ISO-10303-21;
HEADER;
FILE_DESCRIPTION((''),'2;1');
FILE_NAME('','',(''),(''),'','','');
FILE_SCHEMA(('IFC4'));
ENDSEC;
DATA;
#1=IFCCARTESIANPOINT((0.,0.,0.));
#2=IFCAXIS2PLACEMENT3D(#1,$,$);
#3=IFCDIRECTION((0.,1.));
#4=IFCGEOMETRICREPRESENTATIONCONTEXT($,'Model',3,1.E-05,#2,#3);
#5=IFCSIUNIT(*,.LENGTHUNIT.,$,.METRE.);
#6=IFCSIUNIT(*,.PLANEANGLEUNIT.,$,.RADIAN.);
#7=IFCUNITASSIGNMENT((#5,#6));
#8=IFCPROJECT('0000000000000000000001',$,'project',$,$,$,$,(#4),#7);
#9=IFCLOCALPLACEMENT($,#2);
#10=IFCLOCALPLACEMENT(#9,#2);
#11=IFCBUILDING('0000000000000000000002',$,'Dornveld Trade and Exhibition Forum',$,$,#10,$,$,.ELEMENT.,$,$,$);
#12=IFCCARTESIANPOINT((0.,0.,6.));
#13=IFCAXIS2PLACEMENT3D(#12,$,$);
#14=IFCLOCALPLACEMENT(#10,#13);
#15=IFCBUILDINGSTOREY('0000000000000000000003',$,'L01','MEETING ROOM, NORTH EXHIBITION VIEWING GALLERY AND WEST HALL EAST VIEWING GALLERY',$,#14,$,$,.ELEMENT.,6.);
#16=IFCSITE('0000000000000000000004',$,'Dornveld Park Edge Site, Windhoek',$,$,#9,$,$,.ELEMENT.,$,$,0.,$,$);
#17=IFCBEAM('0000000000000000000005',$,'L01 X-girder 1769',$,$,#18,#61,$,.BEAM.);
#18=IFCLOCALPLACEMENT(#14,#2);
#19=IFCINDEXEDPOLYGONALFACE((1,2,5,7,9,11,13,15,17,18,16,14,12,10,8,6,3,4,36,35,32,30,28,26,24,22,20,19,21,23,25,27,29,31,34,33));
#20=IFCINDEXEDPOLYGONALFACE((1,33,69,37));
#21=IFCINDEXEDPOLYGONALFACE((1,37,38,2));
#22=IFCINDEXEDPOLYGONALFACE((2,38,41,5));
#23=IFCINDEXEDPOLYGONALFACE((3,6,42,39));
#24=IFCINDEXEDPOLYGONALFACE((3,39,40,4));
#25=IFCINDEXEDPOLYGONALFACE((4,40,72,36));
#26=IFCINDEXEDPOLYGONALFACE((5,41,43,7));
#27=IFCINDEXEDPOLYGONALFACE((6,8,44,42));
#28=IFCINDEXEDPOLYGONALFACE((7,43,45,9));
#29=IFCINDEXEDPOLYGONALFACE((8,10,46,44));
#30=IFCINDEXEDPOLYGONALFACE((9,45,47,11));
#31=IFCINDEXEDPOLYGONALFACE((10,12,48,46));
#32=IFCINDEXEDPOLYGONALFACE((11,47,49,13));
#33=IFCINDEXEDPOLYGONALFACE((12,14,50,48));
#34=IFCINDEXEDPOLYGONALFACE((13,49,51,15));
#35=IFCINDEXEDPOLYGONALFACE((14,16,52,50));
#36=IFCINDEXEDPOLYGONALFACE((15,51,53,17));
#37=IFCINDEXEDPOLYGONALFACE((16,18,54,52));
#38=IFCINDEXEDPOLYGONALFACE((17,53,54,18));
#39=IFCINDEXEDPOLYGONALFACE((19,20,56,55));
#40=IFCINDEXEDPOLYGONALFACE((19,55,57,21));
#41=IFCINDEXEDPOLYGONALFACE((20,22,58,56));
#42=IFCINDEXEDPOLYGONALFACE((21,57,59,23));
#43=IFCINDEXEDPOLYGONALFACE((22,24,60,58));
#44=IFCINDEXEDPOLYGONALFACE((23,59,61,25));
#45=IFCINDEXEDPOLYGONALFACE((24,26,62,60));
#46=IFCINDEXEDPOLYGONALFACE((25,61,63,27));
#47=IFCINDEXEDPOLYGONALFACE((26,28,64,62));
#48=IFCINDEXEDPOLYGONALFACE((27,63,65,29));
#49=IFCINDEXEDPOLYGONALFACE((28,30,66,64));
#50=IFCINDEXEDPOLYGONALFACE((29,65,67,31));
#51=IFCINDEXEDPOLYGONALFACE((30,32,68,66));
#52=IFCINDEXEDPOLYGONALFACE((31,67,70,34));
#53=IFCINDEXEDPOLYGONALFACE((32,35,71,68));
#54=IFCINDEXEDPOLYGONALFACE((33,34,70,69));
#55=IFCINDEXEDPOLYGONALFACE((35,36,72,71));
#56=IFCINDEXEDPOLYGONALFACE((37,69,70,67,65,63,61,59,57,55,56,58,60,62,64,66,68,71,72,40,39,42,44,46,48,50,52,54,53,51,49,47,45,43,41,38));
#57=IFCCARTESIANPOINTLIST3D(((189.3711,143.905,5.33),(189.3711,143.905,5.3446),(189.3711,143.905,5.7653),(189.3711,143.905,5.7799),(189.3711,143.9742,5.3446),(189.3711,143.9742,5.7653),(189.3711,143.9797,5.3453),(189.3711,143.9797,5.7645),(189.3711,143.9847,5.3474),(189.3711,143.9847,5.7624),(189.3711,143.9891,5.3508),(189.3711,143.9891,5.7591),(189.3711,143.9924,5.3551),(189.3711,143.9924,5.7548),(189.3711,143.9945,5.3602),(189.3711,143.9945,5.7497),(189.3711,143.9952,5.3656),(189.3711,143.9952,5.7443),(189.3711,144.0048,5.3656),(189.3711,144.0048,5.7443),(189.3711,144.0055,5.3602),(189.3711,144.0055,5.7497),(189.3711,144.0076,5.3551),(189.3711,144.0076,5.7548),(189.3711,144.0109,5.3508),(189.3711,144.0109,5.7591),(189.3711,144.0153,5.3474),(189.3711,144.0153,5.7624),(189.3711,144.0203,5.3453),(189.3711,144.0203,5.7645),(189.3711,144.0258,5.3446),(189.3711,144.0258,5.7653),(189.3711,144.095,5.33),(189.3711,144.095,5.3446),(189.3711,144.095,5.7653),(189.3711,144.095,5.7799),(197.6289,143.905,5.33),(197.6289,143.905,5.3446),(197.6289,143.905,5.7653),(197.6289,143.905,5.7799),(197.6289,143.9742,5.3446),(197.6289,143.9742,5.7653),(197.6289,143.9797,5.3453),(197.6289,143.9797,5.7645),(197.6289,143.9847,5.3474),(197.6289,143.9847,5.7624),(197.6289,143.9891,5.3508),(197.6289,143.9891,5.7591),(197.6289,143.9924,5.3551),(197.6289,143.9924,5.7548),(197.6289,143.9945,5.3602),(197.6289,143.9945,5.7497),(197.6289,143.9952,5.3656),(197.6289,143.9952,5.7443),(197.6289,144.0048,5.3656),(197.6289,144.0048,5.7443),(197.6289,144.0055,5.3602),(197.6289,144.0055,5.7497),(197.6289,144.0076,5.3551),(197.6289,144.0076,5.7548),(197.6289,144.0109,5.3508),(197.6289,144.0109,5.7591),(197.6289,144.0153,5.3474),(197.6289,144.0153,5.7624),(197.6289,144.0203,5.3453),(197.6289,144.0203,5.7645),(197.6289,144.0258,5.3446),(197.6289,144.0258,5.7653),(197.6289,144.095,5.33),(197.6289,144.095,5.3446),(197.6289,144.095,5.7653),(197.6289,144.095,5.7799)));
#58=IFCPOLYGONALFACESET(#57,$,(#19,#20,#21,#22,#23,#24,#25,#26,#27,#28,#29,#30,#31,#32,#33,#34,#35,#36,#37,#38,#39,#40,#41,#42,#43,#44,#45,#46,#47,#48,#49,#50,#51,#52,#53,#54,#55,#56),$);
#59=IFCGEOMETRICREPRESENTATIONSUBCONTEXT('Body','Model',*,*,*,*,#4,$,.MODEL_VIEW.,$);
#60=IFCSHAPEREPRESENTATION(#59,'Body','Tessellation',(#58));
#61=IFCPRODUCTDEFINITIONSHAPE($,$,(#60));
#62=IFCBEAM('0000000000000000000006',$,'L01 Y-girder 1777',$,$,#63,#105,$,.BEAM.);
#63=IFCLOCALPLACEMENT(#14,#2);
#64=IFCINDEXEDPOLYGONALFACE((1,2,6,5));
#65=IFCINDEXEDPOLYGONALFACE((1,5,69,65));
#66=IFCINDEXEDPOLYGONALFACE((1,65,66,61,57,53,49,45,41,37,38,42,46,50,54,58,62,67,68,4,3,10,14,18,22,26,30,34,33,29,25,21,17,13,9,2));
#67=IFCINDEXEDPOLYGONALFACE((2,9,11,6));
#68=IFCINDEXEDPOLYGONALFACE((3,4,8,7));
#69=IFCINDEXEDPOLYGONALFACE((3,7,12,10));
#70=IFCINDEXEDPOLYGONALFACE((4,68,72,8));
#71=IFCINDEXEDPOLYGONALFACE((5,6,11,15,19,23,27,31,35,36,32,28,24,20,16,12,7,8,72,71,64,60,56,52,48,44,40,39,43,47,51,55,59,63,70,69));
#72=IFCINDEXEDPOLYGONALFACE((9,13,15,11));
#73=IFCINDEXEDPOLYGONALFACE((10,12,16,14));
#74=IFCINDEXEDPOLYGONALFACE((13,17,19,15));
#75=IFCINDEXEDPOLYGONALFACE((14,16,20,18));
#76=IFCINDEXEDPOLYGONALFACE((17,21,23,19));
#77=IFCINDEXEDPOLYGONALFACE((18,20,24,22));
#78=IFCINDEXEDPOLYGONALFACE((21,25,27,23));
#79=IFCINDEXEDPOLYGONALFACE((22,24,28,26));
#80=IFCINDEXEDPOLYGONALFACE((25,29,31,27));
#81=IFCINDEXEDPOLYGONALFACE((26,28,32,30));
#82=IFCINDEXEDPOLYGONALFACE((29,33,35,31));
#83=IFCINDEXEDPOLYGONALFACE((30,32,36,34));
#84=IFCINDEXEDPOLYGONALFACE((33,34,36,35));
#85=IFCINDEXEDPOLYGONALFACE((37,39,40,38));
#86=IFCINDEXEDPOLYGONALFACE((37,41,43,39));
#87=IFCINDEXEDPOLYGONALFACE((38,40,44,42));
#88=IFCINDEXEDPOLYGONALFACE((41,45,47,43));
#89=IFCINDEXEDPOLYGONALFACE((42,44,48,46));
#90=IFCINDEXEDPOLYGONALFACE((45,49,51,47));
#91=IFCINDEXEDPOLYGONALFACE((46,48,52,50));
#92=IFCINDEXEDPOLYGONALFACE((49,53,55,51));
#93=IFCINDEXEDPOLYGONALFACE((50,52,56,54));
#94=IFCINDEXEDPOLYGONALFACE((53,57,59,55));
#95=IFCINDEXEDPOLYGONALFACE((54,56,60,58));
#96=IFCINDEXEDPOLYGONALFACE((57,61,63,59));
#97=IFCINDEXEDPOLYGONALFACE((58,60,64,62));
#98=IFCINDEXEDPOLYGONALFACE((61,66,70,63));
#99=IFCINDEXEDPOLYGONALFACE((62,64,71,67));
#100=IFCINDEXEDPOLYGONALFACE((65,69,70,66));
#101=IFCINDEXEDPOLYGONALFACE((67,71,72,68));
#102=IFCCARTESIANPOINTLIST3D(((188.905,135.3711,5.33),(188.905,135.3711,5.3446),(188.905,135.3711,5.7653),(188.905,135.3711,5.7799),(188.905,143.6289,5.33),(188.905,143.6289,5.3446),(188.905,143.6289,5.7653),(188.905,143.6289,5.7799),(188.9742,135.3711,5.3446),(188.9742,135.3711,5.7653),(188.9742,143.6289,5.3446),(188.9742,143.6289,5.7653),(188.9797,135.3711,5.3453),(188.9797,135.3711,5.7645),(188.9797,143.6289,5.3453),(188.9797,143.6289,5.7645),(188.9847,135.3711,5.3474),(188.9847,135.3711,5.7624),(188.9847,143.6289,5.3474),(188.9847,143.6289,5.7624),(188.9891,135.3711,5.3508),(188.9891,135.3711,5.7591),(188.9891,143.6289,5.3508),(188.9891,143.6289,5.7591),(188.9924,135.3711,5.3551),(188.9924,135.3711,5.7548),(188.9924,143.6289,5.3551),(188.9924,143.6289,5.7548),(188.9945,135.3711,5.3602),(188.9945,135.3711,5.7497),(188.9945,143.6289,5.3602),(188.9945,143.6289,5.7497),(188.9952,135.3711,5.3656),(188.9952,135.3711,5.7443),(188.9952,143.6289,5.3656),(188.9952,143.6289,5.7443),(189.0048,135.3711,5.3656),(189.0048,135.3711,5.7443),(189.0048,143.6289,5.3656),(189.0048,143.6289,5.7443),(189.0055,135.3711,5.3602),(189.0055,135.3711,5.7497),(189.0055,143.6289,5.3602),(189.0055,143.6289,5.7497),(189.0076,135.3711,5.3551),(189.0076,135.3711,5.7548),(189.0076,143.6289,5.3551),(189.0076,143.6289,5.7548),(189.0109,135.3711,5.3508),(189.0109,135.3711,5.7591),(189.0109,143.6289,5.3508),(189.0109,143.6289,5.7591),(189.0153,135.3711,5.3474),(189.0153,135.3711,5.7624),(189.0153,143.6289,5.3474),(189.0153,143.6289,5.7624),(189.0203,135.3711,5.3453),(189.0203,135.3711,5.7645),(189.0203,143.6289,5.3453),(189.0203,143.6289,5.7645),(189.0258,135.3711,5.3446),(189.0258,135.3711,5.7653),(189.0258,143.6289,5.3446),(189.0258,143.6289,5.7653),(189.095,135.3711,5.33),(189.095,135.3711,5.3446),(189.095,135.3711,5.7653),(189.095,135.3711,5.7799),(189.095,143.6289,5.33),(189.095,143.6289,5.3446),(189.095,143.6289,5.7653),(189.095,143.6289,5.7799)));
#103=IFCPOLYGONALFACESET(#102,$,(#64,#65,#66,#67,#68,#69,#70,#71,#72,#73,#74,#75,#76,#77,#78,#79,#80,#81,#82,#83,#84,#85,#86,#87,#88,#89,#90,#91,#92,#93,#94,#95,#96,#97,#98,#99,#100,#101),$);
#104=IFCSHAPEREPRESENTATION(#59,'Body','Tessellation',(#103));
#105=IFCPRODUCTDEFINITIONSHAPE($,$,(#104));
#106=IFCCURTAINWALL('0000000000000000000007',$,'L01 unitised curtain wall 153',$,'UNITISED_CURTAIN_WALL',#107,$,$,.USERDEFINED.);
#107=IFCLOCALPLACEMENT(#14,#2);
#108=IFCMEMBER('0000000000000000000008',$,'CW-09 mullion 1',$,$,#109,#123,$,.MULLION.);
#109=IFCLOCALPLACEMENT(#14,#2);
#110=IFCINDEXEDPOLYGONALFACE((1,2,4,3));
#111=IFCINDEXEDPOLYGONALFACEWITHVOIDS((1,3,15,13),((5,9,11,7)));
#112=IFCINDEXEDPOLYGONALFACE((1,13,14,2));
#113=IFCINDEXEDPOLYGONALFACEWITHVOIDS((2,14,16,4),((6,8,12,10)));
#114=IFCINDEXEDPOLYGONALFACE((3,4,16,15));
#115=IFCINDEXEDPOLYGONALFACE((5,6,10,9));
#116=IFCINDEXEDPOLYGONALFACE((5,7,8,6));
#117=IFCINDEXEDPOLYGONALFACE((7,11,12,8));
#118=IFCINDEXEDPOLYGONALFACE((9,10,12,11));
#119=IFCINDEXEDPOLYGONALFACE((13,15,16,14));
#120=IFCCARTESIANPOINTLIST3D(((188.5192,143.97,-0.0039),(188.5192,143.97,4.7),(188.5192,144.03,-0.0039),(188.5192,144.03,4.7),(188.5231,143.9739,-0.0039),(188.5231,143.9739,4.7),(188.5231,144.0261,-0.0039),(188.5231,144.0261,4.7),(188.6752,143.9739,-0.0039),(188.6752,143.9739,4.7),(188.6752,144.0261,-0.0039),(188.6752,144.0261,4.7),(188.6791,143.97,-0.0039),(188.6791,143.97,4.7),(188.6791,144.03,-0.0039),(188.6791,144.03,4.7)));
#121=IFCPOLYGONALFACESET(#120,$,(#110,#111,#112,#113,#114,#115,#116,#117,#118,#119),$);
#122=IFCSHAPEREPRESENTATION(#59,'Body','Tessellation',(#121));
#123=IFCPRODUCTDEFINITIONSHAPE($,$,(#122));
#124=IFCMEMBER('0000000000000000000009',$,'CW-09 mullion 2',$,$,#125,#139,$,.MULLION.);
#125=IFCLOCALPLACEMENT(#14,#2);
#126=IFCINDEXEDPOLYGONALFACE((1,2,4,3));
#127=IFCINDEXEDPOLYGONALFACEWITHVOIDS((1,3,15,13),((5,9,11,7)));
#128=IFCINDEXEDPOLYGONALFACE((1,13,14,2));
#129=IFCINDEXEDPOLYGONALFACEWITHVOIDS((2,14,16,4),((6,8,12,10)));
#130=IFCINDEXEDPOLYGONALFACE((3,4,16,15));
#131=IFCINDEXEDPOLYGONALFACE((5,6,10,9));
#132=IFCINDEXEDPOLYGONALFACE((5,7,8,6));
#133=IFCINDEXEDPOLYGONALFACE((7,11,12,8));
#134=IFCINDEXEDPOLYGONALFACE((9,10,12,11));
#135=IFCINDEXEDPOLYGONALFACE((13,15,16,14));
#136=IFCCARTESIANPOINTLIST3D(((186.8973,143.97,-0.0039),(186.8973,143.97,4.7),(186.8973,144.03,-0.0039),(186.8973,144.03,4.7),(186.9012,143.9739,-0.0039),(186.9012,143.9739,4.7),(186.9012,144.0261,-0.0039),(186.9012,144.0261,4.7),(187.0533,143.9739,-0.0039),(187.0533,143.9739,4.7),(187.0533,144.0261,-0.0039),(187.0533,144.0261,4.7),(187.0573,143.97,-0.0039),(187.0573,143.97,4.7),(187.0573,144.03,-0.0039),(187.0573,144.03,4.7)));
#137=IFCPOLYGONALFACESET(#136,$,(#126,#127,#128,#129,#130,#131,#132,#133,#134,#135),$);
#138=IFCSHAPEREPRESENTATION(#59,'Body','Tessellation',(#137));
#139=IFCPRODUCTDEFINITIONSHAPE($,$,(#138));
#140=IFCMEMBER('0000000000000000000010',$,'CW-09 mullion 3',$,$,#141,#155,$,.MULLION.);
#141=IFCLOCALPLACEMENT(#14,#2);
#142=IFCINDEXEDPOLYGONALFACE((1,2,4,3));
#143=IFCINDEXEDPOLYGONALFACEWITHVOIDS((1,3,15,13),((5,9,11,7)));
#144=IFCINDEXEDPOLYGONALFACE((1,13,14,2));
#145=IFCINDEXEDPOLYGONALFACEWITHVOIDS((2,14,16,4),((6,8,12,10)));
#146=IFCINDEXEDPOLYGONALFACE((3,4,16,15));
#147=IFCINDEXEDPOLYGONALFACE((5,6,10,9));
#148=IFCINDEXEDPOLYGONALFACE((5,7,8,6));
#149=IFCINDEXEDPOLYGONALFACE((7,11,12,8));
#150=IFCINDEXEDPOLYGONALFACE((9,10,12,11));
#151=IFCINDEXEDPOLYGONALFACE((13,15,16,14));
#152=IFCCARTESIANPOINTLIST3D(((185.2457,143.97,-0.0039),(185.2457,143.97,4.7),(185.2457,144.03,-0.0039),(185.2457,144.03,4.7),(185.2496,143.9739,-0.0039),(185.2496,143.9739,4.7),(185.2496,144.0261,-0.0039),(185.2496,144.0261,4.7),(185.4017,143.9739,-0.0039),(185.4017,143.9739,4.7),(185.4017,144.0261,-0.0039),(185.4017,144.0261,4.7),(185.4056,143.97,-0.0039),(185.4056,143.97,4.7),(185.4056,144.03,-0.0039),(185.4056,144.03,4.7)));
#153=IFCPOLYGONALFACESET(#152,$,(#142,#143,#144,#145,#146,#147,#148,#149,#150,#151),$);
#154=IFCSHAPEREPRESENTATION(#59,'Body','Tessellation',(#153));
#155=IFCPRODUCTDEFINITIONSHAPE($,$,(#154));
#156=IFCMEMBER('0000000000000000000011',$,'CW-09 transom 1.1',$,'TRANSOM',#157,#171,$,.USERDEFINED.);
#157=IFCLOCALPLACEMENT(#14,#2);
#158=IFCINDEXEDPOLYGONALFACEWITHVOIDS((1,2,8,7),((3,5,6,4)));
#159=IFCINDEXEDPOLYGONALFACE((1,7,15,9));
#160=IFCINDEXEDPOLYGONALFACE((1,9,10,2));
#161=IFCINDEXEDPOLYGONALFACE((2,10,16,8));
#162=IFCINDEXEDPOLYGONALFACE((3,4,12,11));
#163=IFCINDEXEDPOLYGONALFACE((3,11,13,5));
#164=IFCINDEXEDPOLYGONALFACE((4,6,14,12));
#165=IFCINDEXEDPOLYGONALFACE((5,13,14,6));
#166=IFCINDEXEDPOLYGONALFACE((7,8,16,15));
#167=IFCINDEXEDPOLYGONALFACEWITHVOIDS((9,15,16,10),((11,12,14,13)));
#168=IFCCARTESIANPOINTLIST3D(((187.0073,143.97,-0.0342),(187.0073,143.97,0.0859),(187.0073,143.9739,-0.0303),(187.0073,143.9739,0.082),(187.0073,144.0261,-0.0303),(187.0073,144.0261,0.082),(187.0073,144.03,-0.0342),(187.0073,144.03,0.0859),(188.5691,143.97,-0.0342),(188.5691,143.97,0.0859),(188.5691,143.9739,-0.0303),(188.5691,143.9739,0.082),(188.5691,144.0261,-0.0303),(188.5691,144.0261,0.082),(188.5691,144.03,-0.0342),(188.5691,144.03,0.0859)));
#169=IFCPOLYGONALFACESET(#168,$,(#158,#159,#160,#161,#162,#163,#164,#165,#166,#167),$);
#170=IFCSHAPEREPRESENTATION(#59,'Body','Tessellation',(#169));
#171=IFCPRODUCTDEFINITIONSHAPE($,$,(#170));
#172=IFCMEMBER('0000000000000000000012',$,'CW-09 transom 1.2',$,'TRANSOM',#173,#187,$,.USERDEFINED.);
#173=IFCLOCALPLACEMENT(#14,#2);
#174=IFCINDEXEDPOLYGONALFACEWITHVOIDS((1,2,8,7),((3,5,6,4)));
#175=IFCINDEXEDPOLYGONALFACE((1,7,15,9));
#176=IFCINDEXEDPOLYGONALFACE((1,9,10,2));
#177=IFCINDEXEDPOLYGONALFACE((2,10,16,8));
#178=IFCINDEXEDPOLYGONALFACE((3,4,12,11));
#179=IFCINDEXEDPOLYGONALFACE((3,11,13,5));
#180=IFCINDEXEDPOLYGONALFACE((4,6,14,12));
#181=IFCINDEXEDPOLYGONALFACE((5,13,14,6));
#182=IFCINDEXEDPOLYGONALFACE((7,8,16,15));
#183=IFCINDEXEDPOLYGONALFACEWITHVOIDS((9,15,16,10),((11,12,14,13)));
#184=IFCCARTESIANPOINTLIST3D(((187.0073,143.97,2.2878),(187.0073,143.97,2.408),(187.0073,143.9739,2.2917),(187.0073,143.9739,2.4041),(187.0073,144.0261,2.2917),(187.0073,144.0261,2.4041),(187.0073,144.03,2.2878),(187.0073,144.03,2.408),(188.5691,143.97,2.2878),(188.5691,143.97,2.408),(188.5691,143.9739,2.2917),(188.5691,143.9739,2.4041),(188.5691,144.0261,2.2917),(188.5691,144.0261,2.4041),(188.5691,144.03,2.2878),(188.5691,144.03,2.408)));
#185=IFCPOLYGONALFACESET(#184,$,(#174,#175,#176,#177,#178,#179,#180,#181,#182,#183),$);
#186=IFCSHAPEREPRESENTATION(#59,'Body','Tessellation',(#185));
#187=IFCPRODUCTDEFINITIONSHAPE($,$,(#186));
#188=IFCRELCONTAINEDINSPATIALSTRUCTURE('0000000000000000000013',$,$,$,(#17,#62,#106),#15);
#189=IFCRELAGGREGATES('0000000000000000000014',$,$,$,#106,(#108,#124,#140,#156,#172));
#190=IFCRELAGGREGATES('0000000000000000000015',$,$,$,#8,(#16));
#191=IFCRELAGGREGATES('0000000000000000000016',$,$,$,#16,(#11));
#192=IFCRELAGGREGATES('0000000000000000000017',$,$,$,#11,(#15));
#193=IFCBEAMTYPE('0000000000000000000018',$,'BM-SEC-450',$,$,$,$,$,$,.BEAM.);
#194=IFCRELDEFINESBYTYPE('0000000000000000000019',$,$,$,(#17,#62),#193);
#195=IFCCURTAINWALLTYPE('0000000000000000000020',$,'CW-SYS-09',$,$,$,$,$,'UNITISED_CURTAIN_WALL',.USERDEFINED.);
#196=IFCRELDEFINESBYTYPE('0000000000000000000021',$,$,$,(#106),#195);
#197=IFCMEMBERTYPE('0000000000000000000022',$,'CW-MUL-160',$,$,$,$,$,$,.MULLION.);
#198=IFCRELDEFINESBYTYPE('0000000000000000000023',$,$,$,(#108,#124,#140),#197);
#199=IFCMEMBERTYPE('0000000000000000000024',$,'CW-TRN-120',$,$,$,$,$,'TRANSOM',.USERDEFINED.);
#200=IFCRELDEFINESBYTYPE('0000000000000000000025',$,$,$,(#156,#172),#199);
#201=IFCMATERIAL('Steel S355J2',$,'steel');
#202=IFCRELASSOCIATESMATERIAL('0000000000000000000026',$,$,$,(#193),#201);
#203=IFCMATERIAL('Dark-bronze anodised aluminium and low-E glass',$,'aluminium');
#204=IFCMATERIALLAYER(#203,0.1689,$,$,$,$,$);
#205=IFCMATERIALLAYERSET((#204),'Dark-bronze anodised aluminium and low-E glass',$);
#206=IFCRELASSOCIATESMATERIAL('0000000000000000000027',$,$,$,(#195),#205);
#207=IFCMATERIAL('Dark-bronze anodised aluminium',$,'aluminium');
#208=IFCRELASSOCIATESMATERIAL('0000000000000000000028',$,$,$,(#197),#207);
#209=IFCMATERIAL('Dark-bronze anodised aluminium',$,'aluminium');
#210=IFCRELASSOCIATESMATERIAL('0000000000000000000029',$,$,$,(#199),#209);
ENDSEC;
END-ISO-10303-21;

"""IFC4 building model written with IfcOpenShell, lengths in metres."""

from ifc_helpers import new_model, si_unit, direction, frame, origin, origin_2d, place, context, subcontext, project, spatial, hollow_rectangle, i_section, extrude, material, layer, layer_set, material_profile, profile_set, type_object, element, aggregate, save


model = new_model("IFC4")

# Units and contexts
model_context = context("Model", 3, precision=1e-05, world=origin(), true_north=direction((0.0, 1.0)))
body_context = subcontext(model_context, "Body", "Model", "MODEL_VIEW")
ifc_project = project(units=[si_unit("LENGTHUNIT", "METRE"), si_unit("PLANEANGLEUNIT", "RADIAN")], contexts=[model_context])

# Site, building, storey
site_placement = place(None, origin())
site = spatial("IfcSite", under=ifc_project, at=site_placement, Name="Dornveld Park Edge Site, Windhoek", CompositionType="ELEMENT", RefElevation=0.0)
building_placement = place(site_placement, origin())
building = spatial("IfcBuilding", under=site, at=building_placement, Name="Dornveld Trade and Exhibition Forum", CompositionType="ELEMENT")
storey_placement = place(building_placement, frame((0.0, 0.0, 6.0)))
storey = spatial("IfcBuildingStorey", under=building, at=storey_placement, Name="L01", Description="MEETING ROOM, NORTH EXHIBITION VIEWING GALLERY AND WEST HALL EAST VIEWING GALLERY", CompositionType="ELEMENT", Elevation=6.0)

# Beams
ifc_material_1 = material(Name="Steel S355J2", Category="steel")
ifc_material_profile_1 = material_profile(ifc_material_1, i_section(OverallWidth=0.1899, OverallDepth=0.45, WebThickness=0.0095, FlangeThickness=0.0146, FilletRadius=0.021, at=origin_2d()), Name="IPE 450")
ifc_profile_set_1 = profile_set([ifc_material_profile_1], Name="Steel S355J2")
beam_type_1 = type_object("IfcBeamType", Name="BM-SEC-450", PredefinedType="BEAM", material=ifc_profile_set_1)
for number, where, z_axis, x_axis, name in (
    (1, (189.3711, 144.0, 5.5549), (1.0, 0.0, 0.0), (0.0, 1.0, 0.0), "L01 X-girder 1769"),
    (2, (189.0, 135.3711, 5.5549), (0.0, 1.0, 0.0), (-1.0, 0.0, 0.0), "L01 Y-girder 1777"),
):
    element("IfcBeam", number, at=place(storey_placement, frame(where, z_axis=z_axis, x_axis=x_axis)), inside=storey, type_object=beam_type_1, Name=name, PredefinedType="BEAM", context=body_context, shape_type="SweptSolid", body=[
        extrude(i_section(OverallWidth=0.1899, OverallDepth=0.45, WebThickness=0.0095, FlangeThickness=0.0146, FilletRadius=0.021, at=origin_2d()), origin(), (0.0, 0.0, 1.0), 8.2578),
    ])

# Curtain wall, members
ifc_material_2 = material(Name="Dark-bronze anodised aluminium and low-E glass", Category="aluminium")
ifc_layer_1 = layer(ifc_material_2, 0.1689)
ifc_layer_set_1 = layer_set([ifc_layer_1], Name="Dark-bronze anodised aluminium and low-E glass")
curtain_wall_type = type_object("IfcCurtainWallType", Name="CW-SYS-09", ElementType="UNITISED_CURTAIN_WALL", PredefinedType="USERDEFINED", material=ifc_layer_set_1)
curtain_wall_placement = place(storey_placement, origin())
curtain_wall = element("IfcCurtainWall", 3, at=curtain_wall_placement, inside=storey, type_object=curtain_wall_type, Name="L01 unitised curtain wall 153", ObjectType="UNITISED_CURTAIN_WALL", PredefinedType="USERDEFINED")
ifc_material_3 = material(Name="Dark-bronze anodised aluminium", Category="aluminium")
ifc_material_profile_2 = material_profile(ifc_material_3, hollow_rectangle(XDim=0.0601, YDim=0.1599, WallThickness=0.0039, at=origin_2d()), Name="RHS 160x60x4")
ifc_profile_set_2 = profile_set([ifc_material_profile_2], Name="Dark-bronze anodised aluminium")
member_type_1 = type_object("IfcMemberType", Name="CW-MUL-160", PredefinedType="MULLION", material=ifc_profile_set_2)
member_1_placement = place(storey_placement, frame((188.5991, 144.0, -0.0039), z_axis=(0.0, 0.0, 1.0), x_axis=(0.0, -1.0, 0.0)))
member_1 = element("IfcMember", 4, at=member_1_placement, type_object=member_type_1, Name="CW-09 mullion 1", PredefinedType="MULLION", context=body_context, shape_type="SweptSolid", body=[
    extrude(hollow_rectangle(XDim=0.0601, YDim=0.1599, WallThickness=0.0039, at=origin_2d()), origin(), (0.0, 0.0, 1.0), 4.7039),
])
member_2_placement = place(storey_placement, frame((186.9773, 144.0, -0.0039), z_axis=(0.0, 0.0, 1.0), x_axis=(0.0, -1.0, 0.0)))
member_2 = element("IfcMember", 5, at=member_2_placement, type_object=member_type_1, Name="CW-09 mullion 2", PredefinedType="MULLION", context=body_context, shape_type="SweptSolid", body=[
    extrude(hollow_rectangle(XDim=0.0601, YDim=0.1599, WallThickness=0.0039, at=origin_2d()), origin(), (0.0, 0.0, 1.0), 4.7039),
])
member_3_placement = place(storey_placement, frame((185.3257, 144.0, -0.0039), z_axis=(0.0, 0.0, 1.0), x_axis=(0.0, -1.0, 0.0)))
member_3 = element("IfcMember", 6, at=member_3_placement, type_object=member_type_1, Name="CW-09 mullion 3", PredefinedType="MULLION", context=body_context, shape_type="SweptSolid", body=[
    extrude(hollow_rectangle(XDim=0.0601, YDim=0.1599, WallThickness=0.0039, at=origin_2d()), origin(), (0.0, 0.0, 1.0), 4.7039),
])
ifc_material_4 = material(Name="Dark-bronze anodised aluminium", Category="aluminium")
ifc_material_profile_3 = material_profile(ifc_material_4, hollow_rectangle(XDim=0.0601, YDim=0.1201, WallThickness=0.0039, at=origin_2d()), Name="RHS 120x60x4")
ifc_profile_set_3 = profile_set([ifc_material_profile_3], Name="Dark-bronze anodised aluminium")
member_type_2 = type_object("IfcMemberType", Name="CW-TRN-120", ElementType="TRANSOM", PredefinedType="USERDEFINED", material=ifc_profile_set_3)
member_4_placement = place(storey_placement, frame((188.5691, 144.0, 0.0259), z_axis=(-1.0, 0.0, 0.0), x_axis=(0.0, -1.0, 0.0)))
member_4 = element("IfcMember", 7, at=member_4_placement, type_object=member_type_2, Name="CW-09 transom 1.1", ObjectType="TRANSOM", PredefinedType="USERDEFINED", context=body_context, shape_type="SweptSolid", body=[
    extrude(hollow_rectangle(XDim=0.0601, YDim=0.1201, WallThickness=0.0039, at=origin_2d()), origin(), (0.0, 0.0, 1.0), 1.5618),
])
member_5_placement = place(storey_placement, frame((188.5691, 144.0, 2.3479), z_axis=(-1.0, 0.0, 0.0), x_axis=(0.0, -1.0, 0.0)))
member_5 = element("IfcMember", 8, at=member_5_placement, type_object=member_type_2, Name="CW-09 transom 1.2", ObjectType="TRANSOM", PredefinedType="USERDEFINED", context=body_context, shape_type="SweptSolid", body=[
    extrude(hollow_rectangle(XDim=0.0601, YDim=0.1201, WallThickness=0.0039, at=origin_2d()), origin(), (0.0, 0.0, 1.0), 1.5618),
])
aggregate(curtain_wall, [member_1, member_2, member_3, member_4, member_5])

save(model, "model.ifc")
